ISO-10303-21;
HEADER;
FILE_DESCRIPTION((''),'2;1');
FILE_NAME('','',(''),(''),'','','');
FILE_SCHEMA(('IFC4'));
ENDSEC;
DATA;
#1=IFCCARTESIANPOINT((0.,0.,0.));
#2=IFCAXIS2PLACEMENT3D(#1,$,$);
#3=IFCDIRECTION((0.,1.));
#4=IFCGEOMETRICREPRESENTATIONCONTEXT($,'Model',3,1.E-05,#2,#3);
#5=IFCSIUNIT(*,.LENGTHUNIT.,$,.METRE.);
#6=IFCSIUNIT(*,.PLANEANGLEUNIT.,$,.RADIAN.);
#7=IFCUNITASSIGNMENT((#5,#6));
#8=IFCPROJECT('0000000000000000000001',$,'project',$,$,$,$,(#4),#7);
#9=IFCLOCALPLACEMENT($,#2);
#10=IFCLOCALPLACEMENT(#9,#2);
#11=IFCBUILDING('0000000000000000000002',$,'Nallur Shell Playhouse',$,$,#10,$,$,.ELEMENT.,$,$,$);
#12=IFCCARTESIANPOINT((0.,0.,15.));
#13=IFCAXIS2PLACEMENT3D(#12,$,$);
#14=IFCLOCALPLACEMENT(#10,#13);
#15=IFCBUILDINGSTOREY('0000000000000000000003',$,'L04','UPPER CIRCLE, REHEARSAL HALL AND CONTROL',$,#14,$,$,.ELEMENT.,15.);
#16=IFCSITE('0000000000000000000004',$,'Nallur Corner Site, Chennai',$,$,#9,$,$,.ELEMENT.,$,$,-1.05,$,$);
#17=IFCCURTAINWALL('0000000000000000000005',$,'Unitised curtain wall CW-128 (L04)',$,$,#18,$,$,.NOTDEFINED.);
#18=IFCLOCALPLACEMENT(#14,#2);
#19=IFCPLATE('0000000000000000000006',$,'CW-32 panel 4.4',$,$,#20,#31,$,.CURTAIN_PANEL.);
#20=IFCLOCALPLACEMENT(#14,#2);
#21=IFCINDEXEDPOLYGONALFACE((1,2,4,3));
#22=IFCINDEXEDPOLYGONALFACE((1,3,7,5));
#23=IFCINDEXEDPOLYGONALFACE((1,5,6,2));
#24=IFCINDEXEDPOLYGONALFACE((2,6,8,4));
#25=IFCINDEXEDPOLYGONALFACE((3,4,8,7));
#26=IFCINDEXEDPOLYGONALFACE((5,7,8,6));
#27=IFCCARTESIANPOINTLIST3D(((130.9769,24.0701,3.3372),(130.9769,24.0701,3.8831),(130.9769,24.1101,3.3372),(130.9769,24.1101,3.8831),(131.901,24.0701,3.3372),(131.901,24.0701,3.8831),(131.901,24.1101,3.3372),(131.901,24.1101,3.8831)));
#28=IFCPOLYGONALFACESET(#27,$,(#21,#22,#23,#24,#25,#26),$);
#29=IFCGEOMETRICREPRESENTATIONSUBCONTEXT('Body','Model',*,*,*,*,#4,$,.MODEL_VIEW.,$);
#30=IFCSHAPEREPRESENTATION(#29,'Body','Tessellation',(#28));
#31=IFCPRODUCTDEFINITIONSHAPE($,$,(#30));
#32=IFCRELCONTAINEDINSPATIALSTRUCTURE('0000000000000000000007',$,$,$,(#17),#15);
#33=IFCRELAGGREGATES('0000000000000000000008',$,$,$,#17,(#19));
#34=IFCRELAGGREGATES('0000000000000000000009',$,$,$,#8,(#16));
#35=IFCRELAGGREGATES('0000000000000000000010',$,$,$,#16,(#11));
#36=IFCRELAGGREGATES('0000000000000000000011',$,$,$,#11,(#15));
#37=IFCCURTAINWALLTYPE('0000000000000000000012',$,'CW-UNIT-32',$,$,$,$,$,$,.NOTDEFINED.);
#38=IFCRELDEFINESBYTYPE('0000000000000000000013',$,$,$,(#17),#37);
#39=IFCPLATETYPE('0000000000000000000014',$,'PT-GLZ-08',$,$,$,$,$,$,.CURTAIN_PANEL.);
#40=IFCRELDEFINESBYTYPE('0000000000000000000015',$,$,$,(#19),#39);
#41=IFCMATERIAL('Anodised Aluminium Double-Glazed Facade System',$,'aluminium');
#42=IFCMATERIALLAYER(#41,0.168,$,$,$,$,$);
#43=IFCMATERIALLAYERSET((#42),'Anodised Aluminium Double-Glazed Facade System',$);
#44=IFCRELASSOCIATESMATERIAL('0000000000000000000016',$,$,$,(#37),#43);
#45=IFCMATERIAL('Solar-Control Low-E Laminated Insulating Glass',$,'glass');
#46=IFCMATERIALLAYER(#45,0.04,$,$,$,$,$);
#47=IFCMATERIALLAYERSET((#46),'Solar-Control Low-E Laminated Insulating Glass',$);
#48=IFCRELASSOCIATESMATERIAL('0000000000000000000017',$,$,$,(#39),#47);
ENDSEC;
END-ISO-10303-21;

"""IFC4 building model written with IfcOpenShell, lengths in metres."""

from ifc_helpers import new_model, si_unit, direction, frame, origin, origin_2d, place, context, subcontext, project, spatial, rectangle, extrude, material, layer, layer_set, type_object, element, aggregate, save


model = new_model("IFC4")

# Units and contexts
model_context = context("Model", 3, precision=1e-05, world=origin(), true_north=direction((0.0, 1.0)))
body_context = subcontext(model_context, "Body", "Model", "MODEL_VIEW")
ifc_project = project(units=[si_unit("LENGTHUNIT", "METRE"), si_unit("PLANEANGLEUNIT", "RADIAN")], contexts=[model_context])

# Site, building, storey
site_placement = place(None, origin())
site = spatial("IfcSite", under=ifc_project, at=site_placement, Name="Nallur Corner Site, Chennai", CompositionType="ELEMENT", RefElevation=-1.05)
building_placement = place(site_placement, origin())
building = spatial("IfcBuilding", under=site, at=building_placement, Name="Nallur Shell Playhouse", CompositionType="ELEMENT")
storey_placement = place(building_placement, frame((0.0, 0.0, 15.0)))
storey = spatial("IfcBuildingStorey", under=building, at=storey_placement, Name="L04", Description="UPPER CIRCLE, REHEARSAL HALL AND CONTROL", CompositionType="ELEMENT", Elevation=15.0)

# Curtain wall
ifc_material_1 = material(Name="Anodised Aluminium Double-Glazed Facade System", Category="aluminium")
ifc_layer_1 = layer(ifc_material_1, 0.168)
ifc_layer_set_1 = layer_set([ifc_layer_1], Name="Anodised Aluminium Double-Glazed Facade System")
curtain_wall_type_1 = type_object("IfcCurtainWallType", Name="CW-UNIT-32", PredefinedType="NOTDEFINED", material=ifc_layer_set_1)
curtain_wall_1_placement = place(storey_placement, origin())
curtain_wall_1 = element("IfcCurtainWall", 1, at=curtain_wall_1_placement, inside=storey, type_object=curtain_wall_type_1, Name="Unitised curtain wall CW-128 (L04)", PredefinedType="NOTDEFINED")

# Plate
ifc_material_2 = material(Name="Solar-Control Low-E Laminated Insulating Glass", Category="glass")
ifc_layer_2 = layer(ifc_material_2, 0.04)
ifc_layer_set_2 = layer_set([ifc_layer_2], Name="Solar-Control Low-E Laminated Insulating Glass")
plate_type_1 = type_object("IfcPlateType", Name="PT-GLZ-08", PredefinedType="CURTAIN_PANEL", material=ifc_layer_set_2)
plate_1_placement = place(storey_placement, frame((131.439, 24.0901, 3.3372), z_axis=(0.0, 0.0, 1.0), x_axis=(-1.0, 0.0, 0.0)))
plate_1 = element("IfcPlate", 2, at=plate_1_placement, type_object=plate_type_1, Name="CW-32 panel 4.4", PredefinedType="CURTAIN_PANEL", context=body_context, shape_type="SweptSolid", body=[
    extrude(rectangle(XDim=0.9241, YDim=0.04, at=origin_2d()), origin(), (0.0, 0.0, 1.0), 0.5459),
])
aggregate(curtain_wall_1, [plate_1])

save(model, "model.ifc")
